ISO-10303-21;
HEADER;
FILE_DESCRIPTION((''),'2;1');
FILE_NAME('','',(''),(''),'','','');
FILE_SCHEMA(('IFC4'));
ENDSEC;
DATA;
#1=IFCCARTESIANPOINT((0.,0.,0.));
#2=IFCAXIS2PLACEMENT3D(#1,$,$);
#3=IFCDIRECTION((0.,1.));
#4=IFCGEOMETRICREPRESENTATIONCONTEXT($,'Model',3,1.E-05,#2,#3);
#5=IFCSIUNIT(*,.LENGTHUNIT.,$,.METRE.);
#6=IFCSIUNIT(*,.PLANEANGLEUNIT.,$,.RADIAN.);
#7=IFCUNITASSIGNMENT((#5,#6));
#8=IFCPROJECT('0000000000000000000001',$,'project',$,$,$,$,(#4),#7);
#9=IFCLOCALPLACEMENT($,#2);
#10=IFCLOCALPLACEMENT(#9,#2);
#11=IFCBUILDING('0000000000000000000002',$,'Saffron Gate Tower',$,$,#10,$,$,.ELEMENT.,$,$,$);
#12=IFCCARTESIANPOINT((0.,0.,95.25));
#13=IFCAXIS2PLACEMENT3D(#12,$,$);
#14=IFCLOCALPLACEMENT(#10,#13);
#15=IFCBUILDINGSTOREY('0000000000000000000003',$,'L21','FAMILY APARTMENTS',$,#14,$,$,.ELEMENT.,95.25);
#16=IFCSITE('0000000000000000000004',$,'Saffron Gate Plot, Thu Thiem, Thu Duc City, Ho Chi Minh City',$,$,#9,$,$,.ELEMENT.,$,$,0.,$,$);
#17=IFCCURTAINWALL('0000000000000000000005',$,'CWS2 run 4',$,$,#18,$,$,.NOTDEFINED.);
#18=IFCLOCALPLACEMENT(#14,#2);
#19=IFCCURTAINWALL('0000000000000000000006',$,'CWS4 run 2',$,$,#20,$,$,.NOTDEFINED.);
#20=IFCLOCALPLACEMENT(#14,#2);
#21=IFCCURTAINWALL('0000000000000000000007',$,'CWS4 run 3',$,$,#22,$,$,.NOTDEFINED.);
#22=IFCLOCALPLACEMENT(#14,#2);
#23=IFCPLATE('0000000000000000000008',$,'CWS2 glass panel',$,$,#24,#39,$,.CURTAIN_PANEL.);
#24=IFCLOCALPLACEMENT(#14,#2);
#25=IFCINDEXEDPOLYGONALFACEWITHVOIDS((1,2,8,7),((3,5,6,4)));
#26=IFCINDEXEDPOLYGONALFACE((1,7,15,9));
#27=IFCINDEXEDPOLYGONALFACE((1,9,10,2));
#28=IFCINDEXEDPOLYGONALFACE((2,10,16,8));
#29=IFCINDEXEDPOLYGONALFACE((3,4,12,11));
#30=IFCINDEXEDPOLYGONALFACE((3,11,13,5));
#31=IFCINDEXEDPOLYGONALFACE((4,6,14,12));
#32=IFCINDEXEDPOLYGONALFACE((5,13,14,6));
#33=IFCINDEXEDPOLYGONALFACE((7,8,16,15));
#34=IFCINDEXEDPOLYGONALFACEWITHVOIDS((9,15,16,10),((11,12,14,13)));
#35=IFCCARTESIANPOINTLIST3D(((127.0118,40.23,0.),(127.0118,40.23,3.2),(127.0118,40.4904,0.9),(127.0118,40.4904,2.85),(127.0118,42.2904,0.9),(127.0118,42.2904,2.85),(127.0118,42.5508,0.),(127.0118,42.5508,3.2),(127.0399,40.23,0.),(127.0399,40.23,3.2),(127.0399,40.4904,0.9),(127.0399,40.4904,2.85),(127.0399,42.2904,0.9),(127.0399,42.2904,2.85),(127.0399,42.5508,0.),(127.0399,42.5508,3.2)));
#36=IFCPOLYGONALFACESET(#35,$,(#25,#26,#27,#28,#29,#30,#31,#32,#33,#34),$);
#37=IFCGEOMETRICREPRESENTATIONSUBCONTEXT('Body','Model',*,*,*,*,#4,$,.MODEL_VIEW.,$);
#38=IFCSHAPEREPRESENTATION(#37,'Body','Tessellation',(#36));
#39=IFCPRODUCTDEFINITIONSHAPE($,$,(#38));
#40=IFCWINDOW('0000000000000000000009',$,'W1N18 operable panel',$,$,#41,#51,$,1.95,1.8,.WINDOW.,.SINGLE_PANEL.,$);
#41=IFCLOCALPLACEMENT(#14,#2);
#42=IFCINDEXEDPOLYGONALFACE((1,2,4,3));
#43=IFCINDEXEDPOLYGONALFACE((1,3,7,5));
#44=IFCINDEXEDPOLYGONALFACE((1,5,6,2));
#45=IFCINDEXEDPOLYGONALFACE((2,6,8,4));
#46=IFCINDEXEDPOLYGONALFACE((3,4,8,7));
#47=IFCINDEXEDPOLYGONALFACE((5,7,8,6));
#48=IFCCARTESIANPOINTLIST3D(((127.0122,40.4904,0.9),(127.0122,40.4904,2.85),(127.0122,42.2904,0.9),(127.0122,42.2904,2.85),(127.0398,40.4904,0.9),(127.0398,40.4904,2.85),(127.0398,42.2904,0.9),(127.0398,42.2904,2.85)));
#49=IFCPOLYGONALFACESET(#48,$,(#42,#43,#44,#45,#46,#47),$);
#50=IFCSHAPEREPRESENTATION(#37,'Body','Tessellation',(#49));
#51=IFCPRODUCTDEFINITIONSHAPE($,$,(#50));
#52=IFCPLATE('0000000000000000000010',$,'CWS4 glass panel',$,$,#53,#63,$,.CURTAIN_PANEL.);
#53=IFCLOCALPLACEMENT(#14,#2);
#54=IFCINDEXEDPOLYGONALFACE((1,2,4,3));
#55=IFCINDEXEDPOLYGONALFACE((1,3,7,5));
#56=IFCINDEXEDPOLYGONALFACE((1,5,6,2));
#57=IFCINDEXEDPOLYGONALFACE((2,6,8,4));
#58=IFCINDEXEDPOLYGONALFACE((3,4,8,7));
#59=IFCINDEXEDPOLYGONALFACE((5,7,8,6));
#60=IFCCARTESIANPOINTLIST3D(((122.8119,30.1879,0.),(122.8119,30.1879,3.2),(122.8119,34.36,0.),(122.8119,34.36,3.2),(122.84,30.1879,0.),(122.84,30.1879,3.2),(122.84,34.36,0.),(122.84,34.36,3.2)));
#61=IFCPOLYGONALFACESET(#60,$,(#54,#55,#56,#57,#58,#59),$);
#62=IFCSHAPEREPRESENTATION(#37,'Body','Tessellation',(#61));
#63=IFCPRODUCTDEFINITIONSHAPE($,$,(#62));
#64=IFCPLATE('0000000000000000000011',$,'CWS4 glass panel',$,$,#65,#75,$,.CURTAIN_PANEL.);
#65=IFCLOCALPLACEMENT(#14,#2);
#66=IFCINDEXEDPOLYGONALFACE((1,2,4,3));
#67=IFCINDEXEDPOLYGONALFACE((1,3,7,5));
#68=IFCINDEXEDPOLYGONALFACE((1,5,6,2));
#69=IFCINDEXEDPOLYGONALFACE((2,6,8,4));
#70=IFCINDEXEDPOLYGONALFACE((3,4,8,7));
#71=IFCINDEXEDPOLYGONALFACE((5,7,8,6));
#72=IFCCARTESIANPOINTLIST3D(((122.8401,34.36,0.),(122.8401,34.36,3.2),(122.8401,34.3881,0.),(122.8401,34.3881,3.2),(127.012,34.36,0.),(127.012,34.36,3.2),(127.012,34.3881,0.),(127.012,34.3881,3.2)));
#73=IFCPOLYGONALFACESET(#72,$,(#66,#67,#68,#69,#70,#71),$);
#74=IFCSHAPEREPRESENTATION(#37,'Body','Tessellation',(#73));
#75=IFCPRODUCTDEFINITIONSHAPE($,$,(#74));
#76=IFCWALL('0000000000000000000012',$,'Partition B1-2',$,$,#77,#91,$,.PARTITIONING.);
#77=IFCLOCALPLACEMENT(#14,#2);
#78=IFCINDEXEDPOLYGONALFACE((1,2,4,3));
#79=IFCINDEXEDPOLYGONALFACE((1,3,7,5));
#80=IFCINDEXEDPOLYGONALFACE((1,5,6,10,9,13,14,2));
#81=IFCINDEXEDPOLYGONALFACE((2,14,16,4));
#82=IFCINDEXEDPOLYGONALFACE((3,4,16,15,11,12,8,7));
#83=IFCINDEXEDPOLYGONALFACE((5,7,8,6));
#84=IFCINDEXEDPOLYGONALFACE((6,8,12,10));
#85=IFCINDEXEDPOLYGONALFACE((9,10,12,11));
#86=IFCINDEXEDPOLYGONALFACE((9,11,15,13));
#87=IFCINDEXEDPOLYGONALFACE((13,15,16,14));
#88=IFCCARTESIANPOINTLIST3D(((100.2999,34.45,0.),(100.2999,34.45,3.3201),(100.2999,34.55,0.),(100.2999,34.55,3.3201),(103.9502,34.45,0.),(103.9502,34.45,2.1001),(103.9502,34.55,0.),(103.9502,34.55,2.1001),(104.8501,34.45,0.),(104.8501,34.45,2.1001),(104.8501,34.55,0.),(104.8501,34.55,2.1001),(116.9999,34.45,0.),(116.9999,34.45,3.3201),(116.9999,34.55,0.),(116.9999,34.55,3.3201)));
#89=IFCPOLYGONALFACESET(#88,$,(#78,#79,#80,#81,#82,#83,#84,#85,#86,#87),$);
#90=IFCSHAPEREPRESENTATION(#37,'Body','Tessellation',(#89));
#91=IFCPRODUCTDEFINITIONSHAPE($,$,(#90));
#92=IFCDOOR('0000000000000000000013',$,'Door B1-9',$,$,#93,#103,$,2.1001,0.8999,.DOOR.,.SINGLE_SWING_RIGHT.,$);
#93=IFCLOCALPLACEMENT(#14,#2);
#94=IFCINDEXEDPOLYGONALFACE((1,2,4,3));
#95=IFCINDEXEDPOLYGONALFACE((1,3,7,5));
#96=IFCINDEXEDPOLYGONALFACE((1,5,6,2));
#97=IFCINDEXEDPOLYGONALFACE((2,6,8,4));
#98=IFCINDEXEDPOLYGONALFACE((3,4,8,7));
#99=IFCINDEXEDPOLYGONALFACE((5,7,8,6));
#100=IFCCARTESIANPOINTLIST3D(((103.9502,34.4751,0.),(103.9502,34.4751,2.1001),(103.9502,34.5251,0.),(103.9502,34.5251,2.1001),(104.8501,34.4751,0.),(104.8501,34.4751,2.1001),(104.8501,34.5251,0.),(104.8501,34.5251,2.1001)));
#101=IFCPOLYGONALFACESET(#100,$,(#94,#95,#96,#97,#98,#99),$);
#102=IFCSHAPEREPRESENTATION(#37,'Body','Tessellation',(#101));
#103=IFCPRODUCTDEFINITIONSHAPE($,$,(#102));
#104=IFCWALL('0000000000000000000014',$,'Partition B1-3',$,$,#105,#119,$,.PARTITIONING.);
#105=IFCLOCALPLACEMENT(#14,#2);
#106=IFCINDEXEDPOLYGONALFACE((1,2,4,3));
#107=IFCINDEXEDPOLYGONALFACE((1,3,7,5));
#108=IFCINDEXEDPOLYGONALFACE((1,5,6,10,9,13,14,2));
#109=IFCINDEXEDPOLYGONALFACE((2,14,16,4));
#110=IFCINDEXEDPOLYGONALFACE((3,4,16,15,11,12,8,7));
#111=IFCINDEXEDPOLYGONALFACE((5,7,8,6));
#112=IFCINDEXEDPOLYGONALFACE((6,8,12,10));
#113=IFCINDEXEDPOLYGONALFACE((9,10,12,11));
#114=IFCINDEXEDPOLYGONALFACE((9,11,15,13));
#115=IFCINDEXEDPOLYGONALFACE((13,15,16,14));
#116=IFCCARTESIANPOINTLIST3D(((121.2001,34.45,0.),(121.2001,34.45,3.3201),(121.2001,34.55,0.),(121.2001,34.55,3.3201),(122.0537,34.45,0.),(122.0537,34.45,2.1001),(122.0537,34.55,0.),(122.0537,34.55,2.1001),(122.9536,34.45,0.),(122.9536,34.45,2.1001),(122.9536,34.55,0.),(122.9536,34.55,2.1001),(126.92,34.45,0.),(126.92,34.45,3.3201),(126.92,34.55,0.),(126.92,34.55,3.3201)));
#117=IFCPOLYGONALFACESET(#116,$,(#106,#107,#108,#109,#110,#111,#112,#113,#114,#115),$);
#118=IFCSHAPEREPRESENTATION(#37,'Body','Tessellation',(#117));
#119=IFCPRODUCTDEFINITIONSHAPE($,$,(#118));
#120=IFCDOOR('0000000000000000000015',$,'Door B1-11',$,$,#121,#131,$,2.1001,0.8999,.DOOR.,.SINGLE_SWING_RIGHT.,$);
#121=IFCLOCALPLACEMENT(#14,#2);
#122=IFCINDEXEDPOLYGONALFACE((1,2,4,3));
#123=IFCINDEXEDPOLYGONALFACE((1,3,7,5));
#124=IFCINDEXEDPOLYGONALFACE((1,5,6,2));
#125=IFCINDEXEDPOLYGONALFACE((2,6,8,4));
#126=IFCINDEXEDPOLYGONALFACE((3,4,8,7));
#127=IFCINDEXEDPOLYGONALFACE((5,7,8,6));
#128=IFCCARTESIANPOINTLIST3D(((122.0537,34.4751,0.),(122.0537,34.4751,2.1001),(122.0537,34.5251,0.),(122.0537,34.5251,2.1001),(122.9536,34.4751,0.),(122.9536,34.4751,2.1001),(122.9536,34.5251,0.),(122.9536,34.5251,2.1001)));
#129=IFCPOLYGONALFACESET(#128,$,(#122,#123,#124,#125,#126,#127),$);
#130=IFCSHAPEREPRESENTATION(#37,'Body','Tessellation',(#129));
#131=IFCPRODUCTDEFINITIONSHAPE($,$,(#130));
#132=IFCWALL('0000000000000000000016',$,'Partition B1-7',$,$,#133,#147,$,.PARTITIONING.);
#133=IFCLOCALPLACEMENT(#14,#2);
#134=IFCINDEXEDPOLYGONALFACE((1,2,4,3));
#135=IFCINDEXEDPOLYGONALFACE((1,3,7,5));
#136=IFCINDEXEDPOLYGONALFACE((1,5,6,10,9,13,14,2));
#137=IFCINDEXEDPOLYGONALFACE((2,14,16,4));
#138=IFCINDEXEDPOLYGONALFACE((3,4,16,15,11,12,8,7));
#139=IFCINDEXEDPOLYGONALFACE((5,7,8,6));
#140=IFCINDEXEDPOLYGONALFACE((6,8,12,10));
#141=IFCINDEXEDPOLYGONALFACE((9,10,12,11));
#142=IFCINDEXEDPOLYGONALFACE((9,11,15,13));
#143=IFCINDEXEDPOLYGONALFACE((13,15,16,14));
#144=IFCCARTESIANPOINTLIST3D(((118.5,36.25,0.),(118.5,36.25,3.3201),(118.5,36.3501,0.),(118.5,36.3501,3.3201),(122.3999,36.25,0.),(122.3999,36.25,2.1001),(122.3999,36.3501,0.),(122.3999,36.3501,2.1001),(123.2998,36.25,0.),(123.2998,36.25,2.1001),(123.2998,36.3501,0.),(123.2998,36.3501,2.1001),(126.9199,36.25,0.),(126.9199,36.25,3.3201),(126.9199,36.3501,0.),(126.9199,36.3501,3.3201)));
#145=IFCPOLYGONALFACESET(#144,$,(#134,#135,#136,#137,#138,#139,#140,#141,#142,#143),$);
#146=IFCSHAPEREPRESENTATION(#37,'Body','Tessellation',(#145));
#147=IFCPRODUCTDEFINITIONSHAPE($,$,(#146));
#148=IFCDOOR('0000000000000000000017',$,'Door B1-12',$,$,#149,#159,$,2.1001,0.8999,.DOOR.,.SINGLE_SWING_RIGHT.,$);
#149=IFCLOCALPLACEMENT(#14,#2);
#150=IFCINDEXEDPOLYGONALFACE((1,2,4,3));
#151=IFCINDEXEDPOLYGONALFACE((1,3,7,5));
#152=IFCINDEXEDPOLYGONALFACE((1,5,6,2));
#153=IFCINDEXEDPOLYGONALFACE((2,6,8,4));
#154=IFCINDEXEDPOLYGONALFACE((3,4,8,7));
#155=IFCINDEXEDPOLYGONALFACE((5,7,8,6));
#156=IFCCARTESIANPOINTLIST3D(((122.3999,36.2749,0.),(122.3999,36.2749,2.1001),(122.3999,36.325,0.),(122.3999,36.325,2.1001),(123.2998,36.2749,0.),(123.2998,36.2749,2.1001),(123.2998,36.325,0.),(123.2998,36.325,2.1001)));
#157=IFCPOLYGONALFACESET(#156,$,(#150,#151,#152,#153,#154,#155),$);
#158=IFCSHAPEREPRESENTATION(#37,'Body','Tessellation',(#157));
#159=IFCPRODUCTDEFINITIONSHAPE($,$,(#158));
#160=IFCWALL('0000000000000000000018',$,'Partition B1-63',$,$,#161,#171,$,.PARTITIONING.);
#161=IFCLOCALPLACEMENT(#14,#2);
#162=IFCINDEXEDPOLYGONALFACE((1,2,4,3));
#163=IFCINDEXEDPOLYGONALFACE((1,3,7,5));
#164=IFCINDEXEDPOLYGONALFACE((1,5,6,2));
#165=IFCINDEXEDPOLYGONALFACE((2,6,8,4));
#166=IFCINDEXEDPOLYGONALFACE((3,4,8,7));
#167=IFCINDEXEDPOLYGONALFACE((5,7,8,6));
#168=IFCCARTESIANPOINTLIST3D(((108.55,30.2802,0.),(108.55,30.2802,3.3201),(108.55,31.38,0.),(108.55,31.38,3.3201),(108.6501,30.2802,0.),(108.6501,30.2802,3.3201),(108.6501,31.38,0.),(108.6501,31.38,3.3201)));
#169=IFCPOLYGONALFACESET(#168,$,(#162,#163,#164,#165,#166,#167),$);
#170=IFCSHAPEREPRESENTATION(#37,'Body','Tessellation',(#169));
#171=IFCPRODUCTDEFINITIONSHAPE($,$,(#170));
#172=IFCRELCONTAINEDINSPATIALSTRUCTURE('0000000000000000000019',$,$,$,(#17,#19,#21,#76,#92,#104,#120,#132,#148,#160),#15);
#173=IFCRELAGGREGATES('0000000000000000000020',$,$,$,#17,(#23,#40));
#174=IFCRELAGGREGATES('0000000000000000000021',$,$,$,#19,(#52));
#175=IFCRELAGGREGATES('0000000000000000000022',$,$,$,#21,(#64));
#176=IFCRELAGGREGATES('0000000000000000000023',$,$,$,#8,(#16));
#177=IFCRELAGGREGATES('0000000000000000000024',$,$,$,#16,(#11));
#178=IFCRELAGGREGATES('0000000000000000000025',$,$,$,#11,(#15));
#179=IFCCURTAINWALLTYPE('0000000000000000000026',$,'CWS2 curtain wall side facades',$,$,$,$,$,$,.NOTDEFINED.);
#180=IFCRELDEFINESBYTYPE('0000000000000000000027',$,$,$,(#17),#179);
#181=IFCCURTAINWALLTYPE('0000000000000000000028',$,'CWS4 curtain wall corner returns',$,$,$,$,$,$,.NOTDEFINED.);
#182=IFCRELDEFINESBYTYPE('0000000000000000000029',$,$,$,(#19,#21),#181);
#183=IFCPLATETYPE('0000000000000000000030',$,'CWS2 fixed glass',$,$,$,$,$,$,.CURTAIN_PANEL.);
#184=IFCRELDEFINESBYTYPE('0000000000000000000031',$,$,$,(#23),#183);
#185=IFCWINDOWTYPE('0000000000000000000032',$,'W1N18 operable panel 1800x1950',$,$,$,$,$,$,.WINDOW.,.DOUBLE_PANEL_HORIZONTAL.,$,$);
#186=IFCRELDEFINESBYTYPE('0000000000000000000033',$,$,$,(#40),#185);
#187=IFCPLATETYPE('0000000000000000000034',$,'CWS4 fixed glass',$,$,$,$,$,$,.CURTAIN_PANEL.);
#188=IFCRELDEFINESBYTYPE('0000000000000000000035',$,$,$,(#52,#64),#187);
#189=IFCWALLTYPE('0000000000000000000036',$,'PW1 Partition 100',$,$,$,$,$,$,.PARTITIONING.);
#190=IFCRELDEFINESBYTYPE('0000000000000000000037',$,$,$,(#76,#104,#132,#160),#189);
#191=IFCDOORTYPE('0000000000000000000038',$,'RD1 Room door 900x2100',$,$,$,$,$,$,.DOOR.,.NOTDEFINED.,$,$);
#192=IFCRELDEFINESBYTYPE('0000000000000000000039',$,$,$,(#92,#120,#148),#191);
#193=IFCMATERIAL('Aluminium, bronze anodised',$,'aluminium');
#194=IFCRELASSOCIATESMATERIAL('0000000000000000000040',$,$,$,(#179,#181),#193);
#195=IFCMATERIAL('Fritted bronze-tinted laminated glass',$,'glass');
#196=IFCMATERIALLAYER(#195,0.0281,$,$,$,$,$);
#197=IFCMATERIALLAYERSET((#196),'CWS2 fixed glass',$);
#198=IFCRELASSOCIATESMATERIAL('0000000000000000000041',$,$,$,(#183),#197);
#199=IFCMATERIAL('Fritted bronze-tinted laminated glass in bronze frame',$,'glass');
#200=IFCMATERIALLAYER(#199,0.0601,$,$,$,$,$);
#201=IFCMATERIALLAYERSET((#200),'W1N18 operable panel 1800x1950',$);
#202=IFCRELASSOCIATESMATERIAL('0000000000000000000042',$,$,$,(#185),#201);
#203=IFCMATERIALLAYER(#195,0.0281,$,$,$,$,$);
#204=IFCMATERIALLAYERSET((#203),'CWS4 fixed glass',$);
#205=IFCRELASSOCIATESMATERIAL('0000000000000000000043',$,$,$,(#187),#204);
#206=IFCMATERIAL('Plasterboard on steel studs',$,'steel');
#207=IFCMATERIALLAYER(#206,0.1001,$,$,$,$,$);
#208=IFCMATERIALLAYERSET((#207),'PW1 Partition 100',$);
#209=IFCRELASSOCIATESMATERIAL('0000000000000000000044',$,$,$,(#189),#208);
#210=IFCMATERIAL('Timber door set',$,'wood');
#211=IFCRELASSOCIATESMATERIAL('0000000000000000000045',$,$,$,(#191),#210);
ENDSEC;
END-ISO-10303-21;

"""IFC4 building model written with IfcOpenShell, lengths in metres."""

from ifc_helpers import new_model, si_unit, direction, frame, frame_2d, origin, place, context, subcontext, project, spatial, rectangle, extrude, material, layer, layer_set, type_object, element, fill, aggregate, save


model = new_model("IFC4")

# Units and contexts
model_context = context("Model", 3, precision=1e-05, world=origin(), true_north=direction((0.0, 1.0)))
body_context = subcontext(model_context, "Body", "Model", "MODEL_VIEW")
ifc_project = project(units=[si_unit("LENGTHUNIT", "METRE"), si_unit("PLANEANGLEUNIT", "RADIAN")], contexts=[model_context])

# Site, building, storey
site_placement = place(None, origin())
site = spatial("IfcSite", under=ifc_project, at=site_placement, Name="Saffron Gate Plot, Thu Thiem, Thu Duc City, Ho Chi Minh City", CompositionType="ELEMENT", RefElevation=0.0)
building_placement = place(site_placement, origin())
building = spatial("IfcBuilding", under=site, at=building_placement, Name="Saffron Gate Tower", CompositionType="ELEMENT")
storey_placement = place(building_placement, frame((0.0, 0.0, 95.25)))
storey = spatial("IfcBuildingStorey", under=building, at=storey_placement, Name="L21", Description="FAMILY APARTMENTS", CompositionType="ELEMENT", Elevation=95.25)

# Shared definitions
ifc_material_1 = material(Name="Aluminium, bronze anodised", Category="aluminium")

# Curtain walls
curtain_wall_type_1 = type_object("IfcCurtainWallType", Name="CWS2 curtain wall side facades", PredefinedType="NOTDEFINED", material=ifc_material_1)
curtain_wall_1_placement = place(storey_placement, origin())
curtain_wall_1 = element("IfcCurtainWall", 1, at=curtain_wall_1_placement, inside=storey, type_object=curtain_wall_type_1, Name="CWS2 run 4", PredefinedType="NOTDEFINED")
curtain_wall_type_2 = type_object("IfcCurtainWallType", Name="CWS4 curtain wall corner returns", PredefinedType="NOTDEFINED", material=ifc_material_1)
curtain_wall_2_placement = place(storey_placement, origin())
curtain_wall_2 = element("IfcCurtainWall", 2, at=curtain_wall_2_placement, inside=storey, type_object=curtain_wall_type_2, Name="CWS4 run 2", PredefinedType="NOTDEFINED")
curtain_wall_3_placement = place(storey_placement, origin())
curtain_wall_3 = element("IfcCurtainWall", 3, at=curtain_wall_3_placement, inside=storey, type_object=curtain_wall_type_2, Name="CWS4 run 3", PredefinedType="NOTDEFINED")

# Plate, opening, window
ifc_material_2 = material(Name="Fritted bronze-tinted laminated glass", Category="glass")
ifc_layer_1 = layer(ifc_material_2, 0.0281)
ifc_layer_set_1 = layer_set([ifc_layer_1], Name="CWS2 fixed glass")
plate_type_1 = type_object("IfcPlateType", Name="CWS2 fixed glass", PredefinedType="CURTAIN_PANEL", material=ifc_layer_set_1)
ifc_material_3 = material(Name="Fritted bronze-tinted laminated glass in bronze frame", Category="glass")
plate_1_placement = place(storey_placement, frame((127.0259, 40.23, 0.0), z_axis=(0.0, 0.0, 1.0), x_axis=(0.0, 1.0, 0.0)))
plate_1 = element("IfcPlate", 4, at=plate_1_placement, type_object=plate_type_1, Name="CWS2 glass panel", PredefinedType="CURTAIN_PANEL", context=body_context, shape_type="SweptSolid", body=[
    extrude(rectangle(XDim=2.3208, YDim=0.0281, at=frame_2d((1.1604, 0.0))), origin(), (0.0, 0.0, 1.0), 3.2),
])
opening_1_placement = place(plate_1_placement, frame((0.2605, 0.0, 0.8999)))
opening_1 = element("IfcOpeningElement", 5, at=opening_1_placement, cuts=plate_1, PredefinedType="OPENING", context=body_context, shape_type="SweptSolid", body=[
    extrude(rectangle(XDim=1.8, YDim=1.95, at=frame_2d((0.8999, 0.9751))), frame((0.0, 0.0239, 0.0), z_axis=(0.0, -1.0, 0.0), x_axis=(1.0, 0.0, 0.0)), (0.0, 0.0, 1.0), 0.0481),
])
ifc_layer_2 = layer(ifc_material_3, 0.0601)
ifc_layer_set_2 = layer_set([ifc_layer_2], Name="W1N18 operable panel 1800x1950")
window_type_1 = type_object("IfcWindowType", Name="W1N18 operable panel 1800x1950", PartitioningType="DOUBLE_PANEL_HORIZONTAL", PredefinedType="WINDOW", material=ifc_layer_set_2)
window_1_placement = place(opening_1_placement, origin())
window_1 = element("IfcWindow", 6, at=window_1_placement, type_object=window_type_1, Name="W1N18 operable panel", OverallHeight=1.95, OverallWidth=1.8, PartitioningType="SINGLE_PANEL", PredefinedType="WINDOW", context=body_context, shape_type="SweptSolid", body=[
    extrude(rectangle(XDim=1.8, YDim=1.95, at=frame_2d((0.8999, 0.9751))), frame((0.0, 0.0137, 0.0), z_axis=(0.0, -1.0, 0.0), x_axis=(1.0, 0.0, 0.0)), (0.0, 0.0, 1.0), 0.0276),
])
fill(opening_1, window_1)
aggregate(curtain_wall_1, [plate_1, window_1])

# Plates
ifc_layer_3 = layer(ifc_material_2, 0.0281)
ifc_layer_set_3 = layer_set([ifc_layer_3], Name="CWS4 fixed glass")
plate_type_2 = type_object("IfcPlateType", Name="CWS4 fixed glass", PredefinedType="CURTAIN_PANEL", material=ifc_layer_set_3)
plate_2_placement = place(storey_placement, frame((122.8259, 30.188, 0.0), z_axis=(0.0, 0.0, 1.0), x_axis=(0.0, 1.0, 0.0)))
plate_2 = element("IfcPlate", 7, at=plate_2_placement, type_object=plate_type_2, Name="CWS4 glass panel", PredefinedType="CURTAIN_PANEL", context=body_context, shape_type="SweptSolid", body=[
    extrude(rectangle(XDim=4.1721, YDim=0.0281, at=frame_2d((2.0859, 0.0))), origin(), (0.0, 0.0, 1.0), 3.2),
])
aggregate(curtain_wall_2, [plate_2])
plate_3_placement = place(storey_placement, frame((122.8401, 34.374, 0.0), z_axis=(0.0, 0.0, 1.0), x_axis=(1.0, 0.0, 0.0)))
plate_3 = element("IfcPlate", 8, at=plate_3_placement, type_object=plate_type_2, Name="CWS4 glass panel", PredefinedType="CURTAIN_PANEL", context=body_context, shape_type="SweptSolid", body=[
    extrude(rectangle(XDim=4.1719, YDim=0.0281, at=frame_2d((2.0859, 0.0))), origin(), (0.0, 0.0, 1.0), 3.2),
])
aggregate(curtain_wall_3, [plate_3])

# Walls, openings, doors
ifc_material_4 = material(Name="Plasterboard on steel studs", Category="steel")
ifc_layer_4 = layer(ifc_material_4, 0.1001)
ifc_layer_set_4 = layer_set([ifc_layer_4], Name="PW1 Partition 100")
wall_type = type_object("IfcWallType", Name="PW1 Partition 100", PredefinedType="PARTITIONING", material=ifc_layer_set_4)
wall_1_placement = place(storey_placement, frame((117.0, 34.5, 0.0), z_axis=(0.0, 0.0, 1.0), x_axis=(-1.0, 0.0, 0.0)))
wall_1 = element("IfcWall", 9, at=wall_1_placement, inside=storey, type_object=wall_type, Name="Partition B1-2", PredefinedType="PARTITIONING", context=body_context, shape_type="SweptSolid", body=[
    extrude(rectangle(XDim=16.7, YDim=0.1001, at=frame_2d((8.3501, 0.0))), origin(), (0.0, 0.0, 1.0), 3.3201),
])
opening_2_placement = place(wall_1_placement, frame((12.1499, 0.0, 0.0)))
opening_2 = element("IfcOpeningElement", 10, at=opening_2_placement, cuts=wall_1, PredefinedType="OPENING", context=body_context, shape_type="SweptSolid", body=[
    extrude(rectangle(XDim=0.8999, YDim=2.1001, at=frame_2d((0.45, 1.05))), frame((0.0, 0.0601, 0.0), z_axis=(0.0, -1.0, 0.0), x_axis=(1.0, 0.0, 0.0)), (0.0, 0.0, 1.0), 0.1201),
])
ifc_material_5 = material(Name="Timber door set", Category="wood")
door_type_1 = type_object("IfcDoorType", Name="RD1 Room door 900x2100", OperationType="NOTDEFINED", PredefinedType="DOOR", material=ifc_material_5)
door_1_placement = place(opening_2_placement, origin())
door_1 = element("IfcDoor", 11, at=door_1_placement, inside=storey, type_object=door_type_1, Name="Door B1-9", OperationType="SINGLE_SWING_RIGHT", OverallHeight=2.1001, OverallWidth=0.8999, PredefinedType="DOOR", context=body_context, shape_type="SweptSolid", body=[
    extrude(rectangle(XDim=0.8999, YDim=2.1001, at=frame_2d((0.45, 1.05))), frame((0.0, 0.0249, 0.0), z_axis=(0.0, -1.0, 0.0), x_axis=(1.0, 0.0, 0.0)), (0.0, 0.0, 1.0), 0.05),
])
fill(opening_2, door_1)
wall_2_placement = place(storey_placement, frame((126.9199, 34.5, 0.0), z_axis=(0.0, 0.0, 1.0), x_axis=(-1.0, 0.0, 0.0)))
wall_2 = element("IfcWall", 12, at=wall_2_placement, inside=storey, type_object=wall_type, Name="Partition B1-3", PredefinedType="PARTITIONING", context=body_context, shape_type="SweptSolid", body=[
    extrude(rectangle(XDim=5.72, YDim=0.1001, at=frame_2d((2.8599, 0.0))), origin(), (0.0, 0.0, 1.0), 3.3201),
])
opening_3_placement = place(wall_2_placement, frame((3.9663, 0.0, 0.0)))
opening_3 = element("IfcOpeningElement", 13, at=opening_3_placement, cuts=wall_2, PredefinedType="OPENING", context=body_context, shape_type="SweptSolid", body=[
    extrude(rectangle(XDim=0.8999, YDim=2.1001, at=frame_2d((0.45, 1.05))), frame((0.0, 0.0601, 0.0), z_axis=(0.0, -1.0, 0.0), x_axis=(1.0, 0.0, 0.0)), (0.0, 0.0, 1.0), 0.1201),
])
door_2_placement = place(opening_3_placement, origin())
door_2 = element("IfcDoor", 14, at=door_2_placement, inside=storey, type_object=door_type_1, Name="Door B1-11", OperationType="SINGLE_SWING_RIGHT", OverallHeight=2.1001, OverallWidth=0.8999, PredefinedType="DOOR", context=body_context, shape_type="SweptSolid", body=[
    extrude(rectangle(XDim=0.8999, YDim=2.1001, at=frame_2d((0.45, 1.05))), frame((0.0, 0.0249, 0.0), z_axis=(0.0, -1.0, 0.0), x_axis=(1.0, 0.0, 0.0)), (0.0, 0.0, 1.0), 0.05),
])
fill(opening_3, door_2)
wall_3_placement = place(storey_placement, frame((118.5, 36.3, 0.0), z_axis=(0.0, 0.0, 1.0), x_axis=(1.0, 0.0, 0.0)))
wall_3 = element("IfcWall", 15, at=wall_3_placement, inside=storey, type_object=wall_type, Name="Partition B1-7", PredefinedType="PARTITIONING", context=body_context, shape_type="SweptSolid", body=[
    extrude(rectangle(XDim=8.4199, YDim=0.1001, at=frame_2d((4.21, 0.0))), origin(), (0.0, 0.0, 1.0), 3.3201),
])
opening_4_placement = place(wall_3_placement, frame((3.8999, 0.0, 0.0)))
opening_4 = element("IfcOpeningElement", 16, at=opening_4_placement, cuts=wall_3, PredefinedType="OPENING", context=body_context, shape_type="SweptSolid", body=[
    extrude(rectangle(XDim=0.8999, YDim=2.1001, at=frame_2d((0.45, 1.05))), frame((0.0, 0.0601, 0.0), z_axis=(0.0, -1.0, 0.0), x_axis=(1.0, 0.0, 0.0)), (0.0, 0.0, 1.0), 0.1201),
])
door_3_placement = place(opening_4_placement, origin())
door_3 = element("IfcDoor", 17, at=door_3_placement, inside=storey, type_object=door_type_1, Name="Door B1-12", OperationType="SINGLE_SWING_RIGHT", OverallHeight=2.1001, OverallWidth=0.8999, PredefinedType="DOOR", context=body_context, shape_type="SweptSolid", body=[
    extrude(rectangle(XDim=0.8999, YDim=2.1001, at=frame_2d((0.45, 1.05))), frame((0.0, 0.0249, 0.0), z_axis=(0.0, -1.0, 0.0), x_axis=(1.0, 0.0, 0.0)), (0.0, 0.0, 1.0), 0.05),
])
fill(opening_4, door_3)

# Wall
wall_4_placement = place(storey_placement, frame((108.6001, 31.3799, 0.0), z_axis=(0.0, 0.0, 1.0), x_axis=(0.0, -1.0, 0.0)))
element("IfcWall", 18, at=wall_4_placement, inside=storey, type_object=wall_type, Name="Partition B1-63", PredefinedType="PARTITIONING", context=body_context, shape_type="SweptSolid", body=[
    extrude(rectangle(XDim=1.0999, YDim=0.1001, at=frame_2d((0.5498, 0.0))), origin(), (0.0, 0.0, 1.0), 3.3201),
])

save(model, "model.ifc")
